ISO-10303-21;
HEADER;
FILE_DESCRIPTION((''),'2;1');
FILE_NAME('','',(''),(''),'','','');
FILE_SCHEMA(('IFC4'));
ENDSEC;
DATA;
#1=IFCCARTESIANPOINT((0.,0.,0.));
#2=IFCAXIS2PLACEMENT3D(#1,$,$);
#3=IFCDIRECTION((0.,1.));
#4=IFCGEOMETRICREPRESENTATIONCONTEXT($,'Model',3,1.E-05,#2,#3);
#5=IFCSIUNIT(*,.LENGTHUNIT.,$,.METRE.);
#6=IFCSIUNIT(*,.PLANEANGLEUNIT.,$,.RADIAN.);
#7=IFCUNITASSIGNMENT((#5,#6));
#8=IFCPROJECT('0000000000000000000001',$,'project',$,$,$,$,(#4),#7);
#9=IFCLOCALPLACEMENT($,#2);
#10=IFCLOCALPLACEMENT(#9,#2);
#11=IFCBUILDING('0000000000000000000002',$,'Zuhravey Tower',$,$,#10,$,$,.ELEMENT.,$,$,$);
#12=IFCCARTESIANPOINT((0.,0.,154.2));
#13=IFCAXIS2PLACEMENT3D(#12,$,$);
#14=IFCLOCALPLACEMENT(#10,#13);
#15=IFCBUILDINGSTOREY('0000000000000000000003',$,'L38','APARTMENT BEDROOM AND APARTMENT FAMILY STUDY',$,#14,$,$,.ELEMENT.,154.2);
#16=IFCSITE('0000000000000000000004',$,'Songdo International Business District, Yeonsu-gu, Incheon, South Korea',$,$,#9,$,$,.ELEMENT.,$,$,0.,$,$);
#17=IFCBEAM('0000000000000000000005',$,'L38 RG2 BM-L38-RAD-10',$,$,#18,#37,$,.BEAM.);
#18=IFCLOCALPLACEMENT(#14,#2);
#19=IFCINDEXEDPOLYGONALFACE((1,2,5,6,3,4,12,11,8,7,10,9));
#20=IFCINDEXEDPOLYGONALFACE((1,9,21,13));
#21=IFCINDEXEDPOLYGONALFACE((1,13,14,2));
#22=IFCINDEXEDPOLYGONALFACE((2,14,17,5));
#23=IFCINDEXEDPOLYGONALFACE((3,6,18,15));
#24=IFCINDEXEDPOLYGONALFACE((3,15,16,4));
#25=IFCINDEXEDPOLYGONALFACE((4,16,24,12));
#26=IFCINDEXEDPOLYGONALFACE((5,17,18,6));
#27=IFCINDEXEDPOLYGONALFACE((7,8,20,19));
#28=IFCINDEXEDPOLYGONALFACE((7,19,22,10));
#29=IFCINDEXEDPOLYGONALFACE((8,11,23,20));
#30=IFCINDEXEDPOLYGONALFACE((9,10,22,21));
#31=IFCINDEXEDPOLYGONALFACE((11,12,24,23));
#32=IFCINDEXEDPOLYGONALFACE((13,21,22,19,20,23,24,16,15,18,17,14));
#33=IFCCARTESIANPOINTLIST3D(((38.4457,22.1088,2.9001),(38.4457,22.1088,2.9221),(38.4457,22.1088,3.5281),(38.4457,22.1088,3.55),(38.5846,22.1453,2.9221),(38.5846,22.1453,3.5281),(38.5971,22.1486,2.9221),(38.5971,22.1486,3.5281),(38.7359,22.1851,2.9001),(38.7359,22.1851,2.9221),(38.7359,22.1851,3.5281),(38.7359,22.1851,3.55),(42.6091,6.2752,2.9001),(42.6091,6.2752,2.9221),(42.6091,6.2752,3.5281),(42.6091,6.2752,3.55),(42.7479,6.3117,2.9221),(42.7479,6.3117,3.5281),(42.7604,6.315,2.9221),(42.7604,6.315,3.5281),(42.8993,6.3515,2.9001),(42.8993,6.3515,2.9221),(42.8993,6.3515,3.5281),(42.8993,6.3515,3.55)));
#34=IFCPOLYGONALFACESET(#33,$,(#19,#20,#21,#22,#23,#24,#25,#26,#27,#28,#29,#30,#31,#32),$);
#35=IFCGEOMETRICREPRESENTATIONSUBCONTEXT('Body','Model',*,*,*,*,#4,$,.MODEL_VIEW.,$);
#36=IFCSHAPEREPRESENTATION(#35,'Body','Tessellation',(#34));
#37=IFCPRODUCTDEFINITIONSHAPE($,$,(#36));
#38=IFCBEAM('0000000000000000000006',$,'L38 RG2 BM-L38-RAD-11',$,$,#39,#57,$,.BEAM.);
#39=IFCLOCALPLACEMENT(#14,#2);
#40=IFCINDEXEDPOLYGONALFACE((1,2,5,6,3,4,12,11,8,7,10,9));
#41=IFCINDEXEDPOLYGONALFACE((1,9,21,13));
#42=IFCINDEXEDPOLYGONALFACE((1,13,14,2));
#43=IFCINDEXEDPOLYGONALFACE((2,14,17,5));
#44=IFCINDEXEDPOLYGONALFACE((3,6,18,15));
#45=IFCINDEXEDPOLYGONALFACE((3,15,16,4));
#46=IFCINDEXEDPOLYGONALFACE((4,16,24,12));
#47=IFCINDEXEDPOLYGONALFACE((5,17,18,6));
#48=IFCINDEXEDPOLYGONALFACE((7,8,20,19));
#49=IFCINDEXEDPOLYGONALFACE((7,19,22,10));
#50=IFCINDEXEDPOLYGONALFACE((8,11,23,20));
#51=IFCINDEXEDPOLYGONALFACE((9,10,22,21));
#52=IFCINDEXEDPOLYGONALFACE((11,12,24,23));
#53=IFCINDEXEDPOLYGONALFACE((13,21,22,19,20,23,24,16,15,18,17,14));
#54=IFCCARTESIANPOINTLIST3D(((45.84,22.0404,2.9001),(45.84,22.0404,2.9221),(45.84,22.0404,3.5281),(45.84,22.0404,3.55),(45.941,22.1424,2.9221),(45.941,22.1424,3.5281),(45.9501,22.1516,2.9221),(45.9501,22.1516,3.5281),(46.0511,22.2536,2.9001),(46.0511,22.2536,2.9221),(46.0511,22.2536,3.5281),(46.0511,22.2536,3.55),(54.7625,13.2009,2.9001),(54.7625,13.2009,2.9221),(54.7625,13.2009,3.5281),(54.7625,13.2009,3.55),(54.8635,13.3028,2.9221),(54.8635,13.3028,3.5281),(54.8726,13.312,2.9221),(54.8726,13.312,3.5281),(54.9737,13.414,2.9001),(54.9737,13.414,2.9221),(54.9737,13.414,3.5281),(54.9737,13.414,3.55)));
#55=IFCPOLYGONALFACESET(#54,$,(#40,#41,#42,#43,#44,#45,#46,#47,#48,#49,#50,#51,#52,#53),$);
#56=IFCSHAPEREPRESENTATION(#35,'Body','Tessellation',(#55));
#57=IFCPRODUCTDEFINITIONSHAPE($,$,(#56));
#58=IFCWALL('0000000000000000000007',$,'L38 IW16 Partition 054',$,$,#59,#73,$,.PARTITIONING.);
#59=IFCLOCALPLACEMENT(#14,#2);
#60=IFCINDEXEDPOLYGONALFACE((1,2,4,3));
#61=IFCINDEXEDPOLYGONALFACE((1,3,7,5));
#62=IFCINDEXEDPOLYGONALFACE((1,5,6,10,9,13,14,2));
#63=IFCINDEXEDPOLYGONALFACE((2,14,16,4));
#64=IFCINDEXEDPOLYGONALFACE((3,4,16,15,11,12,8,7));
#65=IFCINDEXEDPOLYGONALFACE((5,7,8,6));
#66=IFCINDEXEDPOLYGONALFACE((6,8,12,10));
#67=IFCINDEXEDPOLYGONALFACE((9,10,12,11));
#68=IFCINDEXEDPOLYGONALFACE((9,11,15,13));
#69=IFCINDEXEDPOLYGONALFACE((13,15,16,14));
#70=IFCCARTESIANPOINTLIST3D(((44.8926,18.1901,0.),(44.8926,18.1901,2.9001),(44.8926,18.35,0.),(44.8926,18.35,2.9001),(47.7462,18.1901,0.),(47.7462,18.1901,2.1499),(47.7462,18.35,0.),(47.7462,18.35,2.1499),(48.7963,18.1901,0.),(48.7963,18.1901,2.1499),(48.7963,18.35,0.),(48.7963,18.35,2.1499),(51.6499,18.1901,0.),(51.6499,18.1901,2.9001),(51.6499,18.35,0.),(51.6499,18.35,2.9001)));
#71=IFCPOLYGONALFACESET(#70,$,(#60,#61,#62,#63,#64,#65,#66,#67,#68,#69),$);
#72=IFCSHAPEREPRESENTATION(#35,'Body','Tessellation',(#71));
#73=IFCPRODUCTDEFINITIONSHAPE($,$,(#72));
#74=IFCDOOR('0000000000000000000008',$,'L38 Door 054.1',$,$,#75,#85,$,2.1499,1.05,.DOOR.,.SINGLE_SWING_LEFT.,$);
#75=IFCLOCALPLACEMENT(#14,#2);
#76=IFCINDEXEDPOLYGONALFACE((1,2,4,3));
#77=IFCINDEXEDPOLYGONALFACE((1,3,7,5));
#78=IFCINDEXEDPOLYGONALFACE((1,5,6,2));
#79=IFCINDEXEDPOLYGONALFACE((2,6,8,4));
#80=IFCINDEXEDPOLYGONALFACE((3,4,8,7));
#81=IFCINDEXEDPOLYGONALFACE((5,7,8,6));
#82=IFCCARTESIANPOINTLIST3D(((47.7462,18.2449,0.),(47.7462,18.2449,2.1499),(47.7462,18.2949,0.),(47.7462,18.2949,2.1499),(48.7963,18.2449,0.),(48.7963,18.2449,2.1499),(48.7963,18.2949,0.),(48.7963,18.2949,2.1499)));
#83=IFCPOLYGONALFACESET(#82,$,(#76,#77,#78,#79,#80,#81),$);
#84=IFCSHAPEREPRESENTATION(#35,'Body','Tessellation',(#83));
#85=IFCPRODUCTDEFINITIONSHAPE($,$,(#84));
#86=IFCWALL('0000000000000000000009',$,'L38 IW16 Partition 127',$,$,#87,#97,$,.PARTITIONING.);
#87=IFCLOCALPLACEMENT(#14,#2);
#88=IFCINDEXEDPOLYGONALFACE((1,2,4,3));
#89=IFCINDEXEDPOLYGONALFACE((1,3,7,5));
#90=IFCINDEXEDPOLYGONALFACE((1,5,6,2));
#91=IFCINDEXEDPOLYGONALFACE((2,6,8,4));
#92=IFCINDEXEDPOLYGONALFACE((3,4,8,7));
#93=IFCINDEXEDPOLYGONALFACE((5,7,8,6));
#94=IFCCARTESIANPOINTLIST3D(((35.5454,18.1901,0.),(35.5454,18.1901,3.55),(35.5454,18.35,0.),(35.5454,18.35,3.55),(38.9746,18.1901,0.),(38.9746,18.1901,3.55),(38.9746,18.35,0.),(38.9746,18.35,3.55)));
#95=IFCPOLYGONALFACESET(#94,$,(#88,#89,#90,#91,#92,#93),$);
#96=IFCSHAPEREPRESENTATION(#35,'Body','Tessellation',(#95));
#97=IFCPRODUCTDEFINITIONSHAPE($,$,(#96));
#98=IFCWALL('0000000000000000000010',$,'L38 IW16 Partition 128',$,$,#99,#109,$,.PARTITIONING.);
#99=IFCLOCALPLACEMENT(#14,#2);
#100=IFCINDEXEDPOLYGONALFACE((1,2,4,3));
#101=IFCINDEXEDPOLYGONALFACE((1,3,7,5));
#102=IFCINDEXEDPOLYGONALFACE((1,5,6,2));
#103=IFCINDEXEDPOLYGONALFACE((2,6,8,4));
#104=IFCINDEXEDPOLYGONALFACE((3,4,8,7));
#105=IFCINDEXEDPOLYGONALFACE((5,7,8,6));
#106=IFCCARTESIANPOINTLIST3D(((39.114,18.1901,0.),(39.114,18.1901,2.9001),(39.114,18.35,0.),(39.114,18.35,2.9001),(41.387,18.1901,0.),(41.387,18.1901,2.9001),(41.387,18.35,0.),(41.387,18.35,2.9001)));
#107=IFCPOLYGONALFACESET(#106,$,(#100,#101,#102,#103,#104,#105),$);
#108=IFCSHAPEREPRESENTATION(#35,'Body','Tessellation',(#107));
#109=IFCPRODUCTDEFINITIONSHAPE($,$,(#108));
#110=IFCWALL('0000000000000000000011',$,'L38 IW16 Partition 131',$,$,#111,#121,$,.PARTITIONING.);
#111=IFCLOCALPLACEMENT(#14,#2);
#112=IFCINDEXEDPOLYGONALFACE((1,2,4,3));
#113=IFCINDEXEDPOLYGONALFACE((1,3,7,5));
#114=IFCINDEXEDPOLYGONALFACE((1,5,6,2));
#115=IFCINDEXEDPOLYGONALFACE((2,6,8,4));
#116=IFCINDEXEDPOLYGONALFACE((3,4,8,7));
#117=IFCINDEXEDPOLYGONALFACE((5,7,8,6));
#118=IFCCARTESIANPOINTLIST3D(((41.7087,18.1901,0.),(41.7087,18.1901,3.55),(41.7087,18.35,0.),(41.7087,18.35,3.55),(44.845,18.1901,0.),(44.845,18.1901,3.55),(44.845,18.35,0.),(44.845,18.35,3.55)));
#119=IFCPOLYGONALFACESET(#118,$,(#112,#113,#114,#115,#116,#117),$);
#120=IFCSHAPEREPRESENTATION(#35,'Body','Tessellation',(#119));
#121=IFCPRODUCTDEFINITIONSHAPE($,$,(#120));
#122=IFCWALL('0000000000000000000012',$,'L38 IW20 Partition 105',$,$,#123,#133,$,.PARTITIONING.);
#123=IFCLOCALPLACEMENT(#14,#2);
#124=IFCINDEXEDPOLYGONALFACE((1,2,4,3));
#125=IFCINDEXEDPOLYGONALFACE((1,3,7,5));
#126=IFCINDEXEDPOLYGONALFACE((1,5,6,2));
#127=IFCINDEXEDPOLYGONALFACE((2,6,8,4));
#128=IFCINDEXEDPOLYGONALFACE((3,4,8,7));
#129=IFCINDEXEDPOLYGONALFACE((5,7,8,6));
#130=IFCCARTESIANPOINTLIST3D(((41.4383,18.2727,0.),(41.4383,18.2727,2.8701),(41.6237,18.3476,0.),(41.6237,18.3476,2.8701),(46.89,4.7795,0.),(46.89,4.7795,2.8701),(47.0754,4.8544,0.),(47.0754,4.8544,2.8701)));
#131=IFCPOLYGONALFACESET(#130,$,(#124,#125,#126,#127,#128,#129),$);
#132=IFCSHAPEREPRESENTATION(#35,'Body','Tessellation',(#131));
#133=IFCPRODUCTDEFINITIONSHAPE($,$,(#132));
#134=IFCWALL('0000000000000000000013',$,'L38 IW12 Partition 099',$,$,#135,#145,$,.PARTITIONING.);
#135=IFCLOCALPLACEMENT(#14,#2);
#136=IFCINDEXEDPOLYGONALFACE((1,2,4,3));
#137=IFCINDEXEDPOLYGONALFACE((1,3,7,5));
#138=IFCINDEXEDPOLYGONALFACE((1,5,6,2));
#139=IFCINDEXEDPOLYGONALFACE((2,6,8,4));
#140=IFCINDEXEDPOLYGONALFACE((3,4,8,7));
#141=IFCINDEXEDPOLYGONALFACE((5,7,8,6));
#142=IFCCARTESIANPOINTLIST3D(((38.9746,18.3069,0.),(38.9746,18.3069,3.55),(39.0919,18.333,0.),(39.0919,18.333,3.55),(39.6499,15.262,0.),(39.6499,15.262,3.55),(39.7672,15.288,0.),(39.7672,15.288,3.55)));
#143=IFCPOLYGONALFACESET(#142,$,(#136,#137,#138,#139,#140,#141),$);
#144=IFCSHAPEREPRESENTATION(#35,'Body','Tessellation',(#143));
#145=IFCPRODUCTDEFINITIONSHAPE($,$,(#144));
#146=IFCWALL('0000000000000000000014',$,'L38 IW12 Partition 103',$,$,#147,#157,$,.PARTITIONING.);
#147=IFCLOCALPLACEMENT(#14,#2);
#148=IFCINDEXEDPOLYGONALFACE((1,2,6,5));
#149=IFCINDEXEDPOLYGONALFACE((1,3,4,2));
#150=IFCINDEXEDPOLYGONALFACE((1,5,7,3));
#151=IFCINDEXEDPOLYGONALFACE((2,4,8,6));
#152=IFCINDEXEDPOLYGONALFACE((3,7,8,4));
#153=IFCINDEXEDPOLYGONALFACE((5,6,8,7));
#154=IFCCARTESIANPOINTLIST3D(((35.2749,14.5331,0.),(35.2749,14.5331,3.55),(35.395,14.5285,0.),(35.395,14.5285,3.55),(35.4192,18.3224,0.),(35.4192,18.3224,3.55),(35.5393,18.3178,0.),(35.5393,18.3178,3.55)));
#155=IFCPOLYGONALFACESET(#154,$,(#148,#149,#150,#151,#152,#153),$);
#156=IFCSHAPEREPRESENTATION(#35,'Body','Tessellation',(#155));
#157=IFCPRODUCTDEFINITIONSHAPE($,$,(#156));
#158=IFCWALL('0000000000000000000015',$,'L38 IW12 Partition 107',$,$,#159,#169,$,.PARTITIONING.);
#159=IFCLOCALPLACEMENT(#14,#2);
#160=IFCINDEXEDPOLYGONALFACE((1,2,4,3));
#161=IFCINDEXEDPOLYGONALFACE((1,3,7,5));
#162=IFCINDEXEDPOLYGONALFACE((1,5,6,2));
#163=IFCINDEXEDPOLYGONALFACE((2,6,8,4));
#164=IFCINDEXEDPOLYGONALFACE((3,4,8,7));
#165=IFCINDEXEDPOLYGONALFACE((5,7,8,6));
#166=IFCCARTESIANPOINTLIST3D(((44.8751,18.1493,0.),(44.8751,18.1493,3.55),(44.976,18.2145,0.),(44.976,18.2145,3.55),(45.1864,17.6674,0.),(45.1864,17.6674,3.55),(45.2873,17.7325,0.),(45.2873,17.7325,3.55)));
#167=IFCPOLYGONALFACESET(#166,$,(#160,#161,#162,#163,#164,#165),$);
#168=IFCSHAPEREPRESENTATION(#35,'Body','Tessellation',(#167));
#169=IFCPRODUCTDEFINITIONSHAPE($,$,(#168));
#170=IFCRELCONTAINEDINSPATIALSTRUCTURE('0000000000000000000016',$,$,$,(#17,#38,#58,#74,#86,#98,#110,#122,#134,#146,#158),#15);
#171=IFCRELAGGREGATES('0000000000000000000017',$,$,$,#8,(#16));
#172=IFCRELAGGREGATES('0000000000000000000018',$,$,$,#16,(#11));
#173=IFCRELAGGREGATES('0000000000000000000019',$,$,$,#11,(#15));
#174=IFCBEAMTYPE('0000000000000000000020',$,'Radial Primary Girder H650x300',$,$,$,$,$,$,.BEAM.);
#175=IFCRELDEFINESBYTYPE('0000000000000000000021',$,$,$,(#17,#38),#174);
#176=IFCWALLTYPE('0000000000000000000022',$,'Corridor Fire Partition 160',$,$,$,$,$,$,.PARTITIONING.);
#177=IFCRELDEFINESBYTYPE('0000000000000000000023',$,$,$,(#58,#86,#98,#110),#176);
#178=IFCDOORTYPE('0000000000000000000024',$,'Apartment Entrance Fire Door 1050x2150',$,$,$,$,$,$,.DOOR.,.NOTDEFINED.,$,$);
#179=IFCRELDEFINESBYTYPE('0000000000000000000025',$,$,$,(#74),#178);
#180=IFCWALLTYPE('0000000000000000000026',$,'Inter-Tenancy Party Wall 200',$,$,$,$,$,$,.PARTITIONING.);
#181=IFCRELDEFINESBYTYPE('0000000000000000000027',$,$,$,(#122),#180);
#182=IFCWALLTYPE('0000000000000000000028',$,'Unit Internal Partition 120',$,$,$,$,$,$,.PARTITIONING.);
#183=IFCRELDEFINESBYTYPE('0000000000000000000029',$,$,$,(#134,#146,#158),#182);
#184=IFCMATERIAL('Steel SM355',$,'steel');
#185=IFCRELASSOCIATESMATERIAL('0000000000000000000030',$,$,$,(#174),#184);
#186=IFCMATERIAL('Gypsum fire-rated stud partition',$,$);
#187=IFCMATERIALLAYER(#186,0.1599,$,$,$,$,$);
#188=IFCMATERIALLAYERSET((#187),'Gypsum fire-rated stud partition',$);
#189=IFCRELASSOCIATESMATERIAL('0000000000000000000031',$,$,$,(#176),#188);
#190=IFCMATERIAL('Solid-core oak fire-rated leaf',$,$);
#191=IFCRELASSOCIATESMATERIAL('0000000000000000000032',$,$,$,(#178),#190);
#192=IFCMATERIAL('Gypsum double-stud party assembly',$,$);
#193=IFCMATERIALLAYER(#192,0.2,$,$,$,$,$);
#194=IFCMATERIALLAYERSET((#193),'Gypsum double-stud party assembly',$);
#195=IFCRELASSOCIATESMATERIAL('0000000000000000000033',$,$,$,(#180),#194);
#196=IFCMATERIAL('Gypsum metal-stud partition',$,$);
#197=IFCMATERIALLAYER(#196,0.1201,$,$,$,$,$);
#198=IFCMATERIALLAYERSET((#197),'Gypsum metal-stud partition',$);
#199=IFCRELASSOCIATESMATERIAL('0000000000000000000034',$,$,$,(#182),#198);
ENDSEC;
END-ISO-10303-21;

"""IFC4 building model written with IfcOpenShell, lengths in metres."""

from ifc_helpers import new_model, si_unit, direction, frame, frame_2d, origin, origin_2d, place, context, subcontext, project, spatial, rectangle, i_section, extrude, material, layer, layer_set, material_profile, profile_set, type_object, element, fill, save


model = new_model("IFC4")

# Units and contexts
model_context = context("Model", 3, precision=1e-05, world=origin(), true_north=direction((0.0, 1.0)))
body_context = subcontext(model_context, "Body", "Model", "MODEL_VIEW")
ifc_project = project(units=[si_unit("LENGTHUNIT", "METRE"), si_unit("PLANEANGLEUNIT", "RADIAN")], contexts=[model_context])

# Site, building, storey
site_placement = place(None, origin())
site = spatial("IfcSite", under=ifc_project, at=site_placement, Name="Songdo International Business District, Yeonsu-gu, Incheon, South Korea", CompositionType="ELEMENT", RefElevation=0.0)
building_placement = place(site_placement, origin())
building = spatial("IfcBuilding", under=site, at=building_placement, Name="Zuhravey Tower", CompositionType="ELEMENT")
storey_placement = place(building_placement, frame((0.0, 0.0, 154.2)))
storey = spatial("IfcBuildingStorey", under=building, at=storey_placement, Name="L38", Description="APARTMENT BEDROOM AND APARTMENT FAMILY STUDY", CompositionType="ELEMENT", Elevation=154.2)

# Beams
ifc_material_1 = material(Name="Steel SM355", Category="steel")
ifc_material_profile = material_profile(ifc_material_1, i_section(OverallWidth=0.3, OverallDepth=0.6499, WebThickness=0.0129, FlangeThickness=0.022, at=origin_2d()), Name="H-650x300x13x22")
ifc_profile_set = profile_set([ifc_material_profile], Name="Steel SM355")
beam_type = type_object("IfcBeamType", Name="Radial Primary Girder H650x300", PredefinedType="BEAM", material=ifc_profile_set)
beam_1_placement = place(storey_placement, frame((38.5908, 22.147, 3.2251), z_axis=(0.2543, -0.967125, 0.0), x_axis=(0.967125, 0.2543, 0.0)))
element("IfcBeam", 1, at=beam_1_placement, inside=storey, type_object=beam_type, Name="L38 RG2 BM-L38-RAD-10", PredefinedType="BEAM", context=body_context, shape_type="SweptSolid", body=[
    extrude(i_section(OverallWidth=0.3, OverallDepth=0.6499, WebThickness=0.0129, FlangeThickness=0.022, at=origin_2d()), origin(), (0.0, 0.0, 1.0), 16.3718),
])
beam_2_placement = place(storey_placement, frame((45.9456, 22.147, 3.2251), z_axis=(0.710404, -0.703795, 0.0), x_axis=(0.703795, 0.710404, 0.0)))
element("IfcBeam", 2, at=beam_2_placement, inside=storey, type_object=beam_type, Name="L38 RG2 BM-L38-RAD-11", PredefinedType="BEAM", context=body_context, shape_type="SweptSolid", body=[
    extrude(i_section(OverallWidth=0.3, OverallDepth=0.6499, WebThickness=0.0129, FlangeThickness=0.022, at=origin_2d()), origin(), (0.0, 0.0, 1.0), 12.5598),
])

# Wall, opening, door
ifc_material_2 = material(Name="Gypsum fire-rated stud partition")
ifc_layer_1 = layer(ifc_material_2, 0.1599)
ifc_layer_set_1 = layer_set([ifc_layer_1], Name="Gypsum fire-rated stud partition")
wall_type_1 = type_object("IfcWallType", Name="Corridor Fire Partition 160", PredefinedType="PARTITIONING", material=ifc_layer_set_1)
wall_1_placement = place(storey_placement, frame((44.8926, 18.27, 0.0), z_axis=(0.0, 0.0, 1.0), x_axis=(1.0, 0.0, 0.0)))
wall_1 = element("IfcWall", 3, at=wall_1_placement, inside=storey, type_object=wall_type_1, Name="L38 IW16 Partition 054", PredefinedType="PARTITIONING", context=body_context, shape_type="SweptSolid", body=[
    extrude(rectangle(XDim=6.7573, YDim=0.1599, at=frame_2d((3.3787, 0.0))), origin(), (0.0, 0.0, 1.0), 2.9001),
])
opening_1_placement = place(wall_1_placement, frame((2.8538, 0.0, 0.0)))
opening_1 = element("IfcOpeningElement", 4, at=opening_1_placement, cuts=wall_1, PredefinedType="OPENING", context=body_context, shape_type="SweptSolid", body=[
    extrude(rectangle(XDim=1.05, YDim=2.1499, at=frame_2d((0.5249, 1.075))), frame((0.0, 0.092, 0.0), z_axis=(0.0, -1.0, 0.0), x_axis=(1.0, 0.0, 0.0)), (0.0, 0.0, 1.0), 0.1838),
])
ifc_material_3 = material(Name="Solid-core oak fire-rated leaf")
door_type_1 = type_object("IfcDoorType", Name="Apartment Entrance Fire Door 1050x2150", OperationType="NOTDEFINED", PredefinedType="DOOR", material=ifc_material_3)
door_1_placement = place(opening_1_placement, origin())
door_1 = element("IfcDoor", 5, at=door_1_placement, inside=storey, type_object=door_type_1, Name="L38 Door 054.1", OperationType="SINGLE_SWING_LEFT", OverallHeight=2.1499, OverallWidth=1.05, PredefinedType="DOOR", context=body_context, shape_type="SweptSolid", body=[
    extrude(rectangle(XDim=1.05, YDim=2.1499, at=frame_2d((0.5249, 1.075))), frame((0.0, 0.0249, 0.0), z_axis=(0.0, -1.0, 0.0), x_axis=(1.0, 0.0, 0.0)), (0.0, 0.0, 1.0), 0.05),
])
fill(opening_1, door_1)

# Walls
wall_2_placement = place(storey_placement, frame((35.5454, 18.27, 0.0), z_axis=(0.0, 0.0, 1.0), x_axis=(1.0, 0.0, 0.0)))
element("IfcWall", 6, at=wall_2_placement, inside=storey, type_object=wall_type_1, Name="L38 IW16 Partition 127", PredefinedType="PARTITIONING", context=body_context, shape_type="SweptSolid", body=[
    extrude(rectangle(XDim=3.4292, YDim=0.1599, at=frame_2d((1.7146, 0.0))), origin(), (0.0, 0.0, 1.0), 3.55),
])
wall_3_placement = place(storey_placement, frame((39.114, 18.27, 0.0), z_axis=(0.0, 0.0, 1.0), x_axis=(1.0, 0.0, 0.0)))
element("IfcWall", 7, at=wall_3_placement, inside=storey, type_object=wall_type_1, Name="L38 IW16 Partition 128", PredefinedType="PARTITIONING", context=body_context, shape_type="SweptSolid", body=[
    extrude(rectangle(XDim=2.2729, YDim=0.1599, at=frame_2d((1.1365, 0.0))), origin(), (0.0, 0.0, 1.0), 2.9001),
])
wall_4_placement = place(storey_placement, frame((41.7087, 18.27, 0.0), z_axis=(0.0, 0.0, 1.0), x_axis=(1.0, 0.0, 0.0)))
element("IfcWall", 8, at=wall_4_placement, inside=storey, type_object=wall_type_1, Name="L38 IW16 Partition 131", PredefinedType="PARTITIONING", context=body_context, shape_type="SweptSolid", body=[
    extrude(rectangle(XDim=3.1362, YDim=0.1599, at=frame_2d((1.5681, 0.0))), origin(), (0.0, 0.0, 1.0), 3.55),
])

# Walls
ifc_material_4 = material(Name="Gypsum double-stud party assembly")
ifc_layer_2 = layer(ifc_material_4, 0.2)
ifc_layer_set_2 = layer_set([ifc_layer_2], Name="Gypsum double-stud party assembly")
wall_type_2 = type_object("IfcWallType", Name="Inter-Tenancy Party Wall 200", PredefinedType="PARTITIONING", material=ifc_layer_set_2)
wall_5_placement = place(storey_placement, frame((41.531, 18.3101, 0.0), z_axis=(0.0, 0.0, 1.0), x_axis=(0.374611, -0.927182, 0.0)))
element("IfcWall", 9, at=wall_5_placement, inside=storey, type_object=wall_type_2, Name="L38 IW20 Partition 105", PredefinedType="PARTITIONING", context=body_context, shape_type="SweptSolid", body=[
    extrude(rectangle(XDim=14.553, YDim=0.2, at=frame_2d((7.2764, 0.0))), origin(), (0.0, 0.0, 1.0), 2.8701),
])
ifc_material_5 = material(Name="Gypsum metal-stud partition")
ifc_layer_3 = layer(ifc_material_5, 0.1201)
ifc_layer_set_3 = layer_set([ifc_layer_3], Name="Gypsum metal-stud partition")
wall_type_3 = type_object("IfcWallType", Name="Unit Internal Partition 120", PredefinedType="PARTITIONING", material=ifc_layer_set_3)
wall_6_placement = place(storey_placement, frame((39.0332, 18.3201, 0.0), z_axis=(0.0, 0.0, 1.0), x_axis=(0.216516, -0.976279, 0.0)))
element("IfcWall", 10, at=wall_6_placement, inside=storey, type_object=wall_type_3, Name="L38 IW12 Partition 099", PredefinedType="PARTITIONING", context=body_context, shape_type="SweptSolid", body=[
    extrude(rectangle(XDim=3.1189, YDim=0.1201, at=frame_2d((1.5596, 0.0))), origin(), (0.0, 0.0, 1.0), 3.55),
])
wall_7_placement = place(storey_placement, frame((35.4792, 18.3201, 0.0), z_axis=(0.0, 0.0, 1.0), x_axis=(-0.03805, -0.999276, 0.0)))
element("IfcWall", 11, at=wall_7_placement, inside=storey, type_object=wall_type_3, Name="L38 IW12 Partition 103", PredefinedType="PARTITIONING", context=body_context, shape_type="SweptSolid", body=[
    extrude(rectangle(XDim=3.792, YDim=0.1201, at=frame_2d((1.896, 0.0))), origin(), (0.0, 0.0, 1.0), 3.55),
])
wall_8_placement = place(storey_placement, frame((44.9255, 18.1819, 0.0), z_axis=(0.0, 0.0, 1.0), x_axis=(0.542563, -0.840015, 0.0)))
element("IfcWall", 12, at=wall_8_placement, inside=storey, type_object=wall_type_3, Name="L38 IW12 Partition 107", PredefinedType="PARTITIONING", context=body_context, shape_type="SweptSolid", body=[
    extrude(rectangle(XDim=0.5737, YDim=0.1201, at=frame_2d((0.2869, 0.0))), origin(), (0.0, 0.0, 1.0), 3.55),
])

save(model, "model.ifc")
